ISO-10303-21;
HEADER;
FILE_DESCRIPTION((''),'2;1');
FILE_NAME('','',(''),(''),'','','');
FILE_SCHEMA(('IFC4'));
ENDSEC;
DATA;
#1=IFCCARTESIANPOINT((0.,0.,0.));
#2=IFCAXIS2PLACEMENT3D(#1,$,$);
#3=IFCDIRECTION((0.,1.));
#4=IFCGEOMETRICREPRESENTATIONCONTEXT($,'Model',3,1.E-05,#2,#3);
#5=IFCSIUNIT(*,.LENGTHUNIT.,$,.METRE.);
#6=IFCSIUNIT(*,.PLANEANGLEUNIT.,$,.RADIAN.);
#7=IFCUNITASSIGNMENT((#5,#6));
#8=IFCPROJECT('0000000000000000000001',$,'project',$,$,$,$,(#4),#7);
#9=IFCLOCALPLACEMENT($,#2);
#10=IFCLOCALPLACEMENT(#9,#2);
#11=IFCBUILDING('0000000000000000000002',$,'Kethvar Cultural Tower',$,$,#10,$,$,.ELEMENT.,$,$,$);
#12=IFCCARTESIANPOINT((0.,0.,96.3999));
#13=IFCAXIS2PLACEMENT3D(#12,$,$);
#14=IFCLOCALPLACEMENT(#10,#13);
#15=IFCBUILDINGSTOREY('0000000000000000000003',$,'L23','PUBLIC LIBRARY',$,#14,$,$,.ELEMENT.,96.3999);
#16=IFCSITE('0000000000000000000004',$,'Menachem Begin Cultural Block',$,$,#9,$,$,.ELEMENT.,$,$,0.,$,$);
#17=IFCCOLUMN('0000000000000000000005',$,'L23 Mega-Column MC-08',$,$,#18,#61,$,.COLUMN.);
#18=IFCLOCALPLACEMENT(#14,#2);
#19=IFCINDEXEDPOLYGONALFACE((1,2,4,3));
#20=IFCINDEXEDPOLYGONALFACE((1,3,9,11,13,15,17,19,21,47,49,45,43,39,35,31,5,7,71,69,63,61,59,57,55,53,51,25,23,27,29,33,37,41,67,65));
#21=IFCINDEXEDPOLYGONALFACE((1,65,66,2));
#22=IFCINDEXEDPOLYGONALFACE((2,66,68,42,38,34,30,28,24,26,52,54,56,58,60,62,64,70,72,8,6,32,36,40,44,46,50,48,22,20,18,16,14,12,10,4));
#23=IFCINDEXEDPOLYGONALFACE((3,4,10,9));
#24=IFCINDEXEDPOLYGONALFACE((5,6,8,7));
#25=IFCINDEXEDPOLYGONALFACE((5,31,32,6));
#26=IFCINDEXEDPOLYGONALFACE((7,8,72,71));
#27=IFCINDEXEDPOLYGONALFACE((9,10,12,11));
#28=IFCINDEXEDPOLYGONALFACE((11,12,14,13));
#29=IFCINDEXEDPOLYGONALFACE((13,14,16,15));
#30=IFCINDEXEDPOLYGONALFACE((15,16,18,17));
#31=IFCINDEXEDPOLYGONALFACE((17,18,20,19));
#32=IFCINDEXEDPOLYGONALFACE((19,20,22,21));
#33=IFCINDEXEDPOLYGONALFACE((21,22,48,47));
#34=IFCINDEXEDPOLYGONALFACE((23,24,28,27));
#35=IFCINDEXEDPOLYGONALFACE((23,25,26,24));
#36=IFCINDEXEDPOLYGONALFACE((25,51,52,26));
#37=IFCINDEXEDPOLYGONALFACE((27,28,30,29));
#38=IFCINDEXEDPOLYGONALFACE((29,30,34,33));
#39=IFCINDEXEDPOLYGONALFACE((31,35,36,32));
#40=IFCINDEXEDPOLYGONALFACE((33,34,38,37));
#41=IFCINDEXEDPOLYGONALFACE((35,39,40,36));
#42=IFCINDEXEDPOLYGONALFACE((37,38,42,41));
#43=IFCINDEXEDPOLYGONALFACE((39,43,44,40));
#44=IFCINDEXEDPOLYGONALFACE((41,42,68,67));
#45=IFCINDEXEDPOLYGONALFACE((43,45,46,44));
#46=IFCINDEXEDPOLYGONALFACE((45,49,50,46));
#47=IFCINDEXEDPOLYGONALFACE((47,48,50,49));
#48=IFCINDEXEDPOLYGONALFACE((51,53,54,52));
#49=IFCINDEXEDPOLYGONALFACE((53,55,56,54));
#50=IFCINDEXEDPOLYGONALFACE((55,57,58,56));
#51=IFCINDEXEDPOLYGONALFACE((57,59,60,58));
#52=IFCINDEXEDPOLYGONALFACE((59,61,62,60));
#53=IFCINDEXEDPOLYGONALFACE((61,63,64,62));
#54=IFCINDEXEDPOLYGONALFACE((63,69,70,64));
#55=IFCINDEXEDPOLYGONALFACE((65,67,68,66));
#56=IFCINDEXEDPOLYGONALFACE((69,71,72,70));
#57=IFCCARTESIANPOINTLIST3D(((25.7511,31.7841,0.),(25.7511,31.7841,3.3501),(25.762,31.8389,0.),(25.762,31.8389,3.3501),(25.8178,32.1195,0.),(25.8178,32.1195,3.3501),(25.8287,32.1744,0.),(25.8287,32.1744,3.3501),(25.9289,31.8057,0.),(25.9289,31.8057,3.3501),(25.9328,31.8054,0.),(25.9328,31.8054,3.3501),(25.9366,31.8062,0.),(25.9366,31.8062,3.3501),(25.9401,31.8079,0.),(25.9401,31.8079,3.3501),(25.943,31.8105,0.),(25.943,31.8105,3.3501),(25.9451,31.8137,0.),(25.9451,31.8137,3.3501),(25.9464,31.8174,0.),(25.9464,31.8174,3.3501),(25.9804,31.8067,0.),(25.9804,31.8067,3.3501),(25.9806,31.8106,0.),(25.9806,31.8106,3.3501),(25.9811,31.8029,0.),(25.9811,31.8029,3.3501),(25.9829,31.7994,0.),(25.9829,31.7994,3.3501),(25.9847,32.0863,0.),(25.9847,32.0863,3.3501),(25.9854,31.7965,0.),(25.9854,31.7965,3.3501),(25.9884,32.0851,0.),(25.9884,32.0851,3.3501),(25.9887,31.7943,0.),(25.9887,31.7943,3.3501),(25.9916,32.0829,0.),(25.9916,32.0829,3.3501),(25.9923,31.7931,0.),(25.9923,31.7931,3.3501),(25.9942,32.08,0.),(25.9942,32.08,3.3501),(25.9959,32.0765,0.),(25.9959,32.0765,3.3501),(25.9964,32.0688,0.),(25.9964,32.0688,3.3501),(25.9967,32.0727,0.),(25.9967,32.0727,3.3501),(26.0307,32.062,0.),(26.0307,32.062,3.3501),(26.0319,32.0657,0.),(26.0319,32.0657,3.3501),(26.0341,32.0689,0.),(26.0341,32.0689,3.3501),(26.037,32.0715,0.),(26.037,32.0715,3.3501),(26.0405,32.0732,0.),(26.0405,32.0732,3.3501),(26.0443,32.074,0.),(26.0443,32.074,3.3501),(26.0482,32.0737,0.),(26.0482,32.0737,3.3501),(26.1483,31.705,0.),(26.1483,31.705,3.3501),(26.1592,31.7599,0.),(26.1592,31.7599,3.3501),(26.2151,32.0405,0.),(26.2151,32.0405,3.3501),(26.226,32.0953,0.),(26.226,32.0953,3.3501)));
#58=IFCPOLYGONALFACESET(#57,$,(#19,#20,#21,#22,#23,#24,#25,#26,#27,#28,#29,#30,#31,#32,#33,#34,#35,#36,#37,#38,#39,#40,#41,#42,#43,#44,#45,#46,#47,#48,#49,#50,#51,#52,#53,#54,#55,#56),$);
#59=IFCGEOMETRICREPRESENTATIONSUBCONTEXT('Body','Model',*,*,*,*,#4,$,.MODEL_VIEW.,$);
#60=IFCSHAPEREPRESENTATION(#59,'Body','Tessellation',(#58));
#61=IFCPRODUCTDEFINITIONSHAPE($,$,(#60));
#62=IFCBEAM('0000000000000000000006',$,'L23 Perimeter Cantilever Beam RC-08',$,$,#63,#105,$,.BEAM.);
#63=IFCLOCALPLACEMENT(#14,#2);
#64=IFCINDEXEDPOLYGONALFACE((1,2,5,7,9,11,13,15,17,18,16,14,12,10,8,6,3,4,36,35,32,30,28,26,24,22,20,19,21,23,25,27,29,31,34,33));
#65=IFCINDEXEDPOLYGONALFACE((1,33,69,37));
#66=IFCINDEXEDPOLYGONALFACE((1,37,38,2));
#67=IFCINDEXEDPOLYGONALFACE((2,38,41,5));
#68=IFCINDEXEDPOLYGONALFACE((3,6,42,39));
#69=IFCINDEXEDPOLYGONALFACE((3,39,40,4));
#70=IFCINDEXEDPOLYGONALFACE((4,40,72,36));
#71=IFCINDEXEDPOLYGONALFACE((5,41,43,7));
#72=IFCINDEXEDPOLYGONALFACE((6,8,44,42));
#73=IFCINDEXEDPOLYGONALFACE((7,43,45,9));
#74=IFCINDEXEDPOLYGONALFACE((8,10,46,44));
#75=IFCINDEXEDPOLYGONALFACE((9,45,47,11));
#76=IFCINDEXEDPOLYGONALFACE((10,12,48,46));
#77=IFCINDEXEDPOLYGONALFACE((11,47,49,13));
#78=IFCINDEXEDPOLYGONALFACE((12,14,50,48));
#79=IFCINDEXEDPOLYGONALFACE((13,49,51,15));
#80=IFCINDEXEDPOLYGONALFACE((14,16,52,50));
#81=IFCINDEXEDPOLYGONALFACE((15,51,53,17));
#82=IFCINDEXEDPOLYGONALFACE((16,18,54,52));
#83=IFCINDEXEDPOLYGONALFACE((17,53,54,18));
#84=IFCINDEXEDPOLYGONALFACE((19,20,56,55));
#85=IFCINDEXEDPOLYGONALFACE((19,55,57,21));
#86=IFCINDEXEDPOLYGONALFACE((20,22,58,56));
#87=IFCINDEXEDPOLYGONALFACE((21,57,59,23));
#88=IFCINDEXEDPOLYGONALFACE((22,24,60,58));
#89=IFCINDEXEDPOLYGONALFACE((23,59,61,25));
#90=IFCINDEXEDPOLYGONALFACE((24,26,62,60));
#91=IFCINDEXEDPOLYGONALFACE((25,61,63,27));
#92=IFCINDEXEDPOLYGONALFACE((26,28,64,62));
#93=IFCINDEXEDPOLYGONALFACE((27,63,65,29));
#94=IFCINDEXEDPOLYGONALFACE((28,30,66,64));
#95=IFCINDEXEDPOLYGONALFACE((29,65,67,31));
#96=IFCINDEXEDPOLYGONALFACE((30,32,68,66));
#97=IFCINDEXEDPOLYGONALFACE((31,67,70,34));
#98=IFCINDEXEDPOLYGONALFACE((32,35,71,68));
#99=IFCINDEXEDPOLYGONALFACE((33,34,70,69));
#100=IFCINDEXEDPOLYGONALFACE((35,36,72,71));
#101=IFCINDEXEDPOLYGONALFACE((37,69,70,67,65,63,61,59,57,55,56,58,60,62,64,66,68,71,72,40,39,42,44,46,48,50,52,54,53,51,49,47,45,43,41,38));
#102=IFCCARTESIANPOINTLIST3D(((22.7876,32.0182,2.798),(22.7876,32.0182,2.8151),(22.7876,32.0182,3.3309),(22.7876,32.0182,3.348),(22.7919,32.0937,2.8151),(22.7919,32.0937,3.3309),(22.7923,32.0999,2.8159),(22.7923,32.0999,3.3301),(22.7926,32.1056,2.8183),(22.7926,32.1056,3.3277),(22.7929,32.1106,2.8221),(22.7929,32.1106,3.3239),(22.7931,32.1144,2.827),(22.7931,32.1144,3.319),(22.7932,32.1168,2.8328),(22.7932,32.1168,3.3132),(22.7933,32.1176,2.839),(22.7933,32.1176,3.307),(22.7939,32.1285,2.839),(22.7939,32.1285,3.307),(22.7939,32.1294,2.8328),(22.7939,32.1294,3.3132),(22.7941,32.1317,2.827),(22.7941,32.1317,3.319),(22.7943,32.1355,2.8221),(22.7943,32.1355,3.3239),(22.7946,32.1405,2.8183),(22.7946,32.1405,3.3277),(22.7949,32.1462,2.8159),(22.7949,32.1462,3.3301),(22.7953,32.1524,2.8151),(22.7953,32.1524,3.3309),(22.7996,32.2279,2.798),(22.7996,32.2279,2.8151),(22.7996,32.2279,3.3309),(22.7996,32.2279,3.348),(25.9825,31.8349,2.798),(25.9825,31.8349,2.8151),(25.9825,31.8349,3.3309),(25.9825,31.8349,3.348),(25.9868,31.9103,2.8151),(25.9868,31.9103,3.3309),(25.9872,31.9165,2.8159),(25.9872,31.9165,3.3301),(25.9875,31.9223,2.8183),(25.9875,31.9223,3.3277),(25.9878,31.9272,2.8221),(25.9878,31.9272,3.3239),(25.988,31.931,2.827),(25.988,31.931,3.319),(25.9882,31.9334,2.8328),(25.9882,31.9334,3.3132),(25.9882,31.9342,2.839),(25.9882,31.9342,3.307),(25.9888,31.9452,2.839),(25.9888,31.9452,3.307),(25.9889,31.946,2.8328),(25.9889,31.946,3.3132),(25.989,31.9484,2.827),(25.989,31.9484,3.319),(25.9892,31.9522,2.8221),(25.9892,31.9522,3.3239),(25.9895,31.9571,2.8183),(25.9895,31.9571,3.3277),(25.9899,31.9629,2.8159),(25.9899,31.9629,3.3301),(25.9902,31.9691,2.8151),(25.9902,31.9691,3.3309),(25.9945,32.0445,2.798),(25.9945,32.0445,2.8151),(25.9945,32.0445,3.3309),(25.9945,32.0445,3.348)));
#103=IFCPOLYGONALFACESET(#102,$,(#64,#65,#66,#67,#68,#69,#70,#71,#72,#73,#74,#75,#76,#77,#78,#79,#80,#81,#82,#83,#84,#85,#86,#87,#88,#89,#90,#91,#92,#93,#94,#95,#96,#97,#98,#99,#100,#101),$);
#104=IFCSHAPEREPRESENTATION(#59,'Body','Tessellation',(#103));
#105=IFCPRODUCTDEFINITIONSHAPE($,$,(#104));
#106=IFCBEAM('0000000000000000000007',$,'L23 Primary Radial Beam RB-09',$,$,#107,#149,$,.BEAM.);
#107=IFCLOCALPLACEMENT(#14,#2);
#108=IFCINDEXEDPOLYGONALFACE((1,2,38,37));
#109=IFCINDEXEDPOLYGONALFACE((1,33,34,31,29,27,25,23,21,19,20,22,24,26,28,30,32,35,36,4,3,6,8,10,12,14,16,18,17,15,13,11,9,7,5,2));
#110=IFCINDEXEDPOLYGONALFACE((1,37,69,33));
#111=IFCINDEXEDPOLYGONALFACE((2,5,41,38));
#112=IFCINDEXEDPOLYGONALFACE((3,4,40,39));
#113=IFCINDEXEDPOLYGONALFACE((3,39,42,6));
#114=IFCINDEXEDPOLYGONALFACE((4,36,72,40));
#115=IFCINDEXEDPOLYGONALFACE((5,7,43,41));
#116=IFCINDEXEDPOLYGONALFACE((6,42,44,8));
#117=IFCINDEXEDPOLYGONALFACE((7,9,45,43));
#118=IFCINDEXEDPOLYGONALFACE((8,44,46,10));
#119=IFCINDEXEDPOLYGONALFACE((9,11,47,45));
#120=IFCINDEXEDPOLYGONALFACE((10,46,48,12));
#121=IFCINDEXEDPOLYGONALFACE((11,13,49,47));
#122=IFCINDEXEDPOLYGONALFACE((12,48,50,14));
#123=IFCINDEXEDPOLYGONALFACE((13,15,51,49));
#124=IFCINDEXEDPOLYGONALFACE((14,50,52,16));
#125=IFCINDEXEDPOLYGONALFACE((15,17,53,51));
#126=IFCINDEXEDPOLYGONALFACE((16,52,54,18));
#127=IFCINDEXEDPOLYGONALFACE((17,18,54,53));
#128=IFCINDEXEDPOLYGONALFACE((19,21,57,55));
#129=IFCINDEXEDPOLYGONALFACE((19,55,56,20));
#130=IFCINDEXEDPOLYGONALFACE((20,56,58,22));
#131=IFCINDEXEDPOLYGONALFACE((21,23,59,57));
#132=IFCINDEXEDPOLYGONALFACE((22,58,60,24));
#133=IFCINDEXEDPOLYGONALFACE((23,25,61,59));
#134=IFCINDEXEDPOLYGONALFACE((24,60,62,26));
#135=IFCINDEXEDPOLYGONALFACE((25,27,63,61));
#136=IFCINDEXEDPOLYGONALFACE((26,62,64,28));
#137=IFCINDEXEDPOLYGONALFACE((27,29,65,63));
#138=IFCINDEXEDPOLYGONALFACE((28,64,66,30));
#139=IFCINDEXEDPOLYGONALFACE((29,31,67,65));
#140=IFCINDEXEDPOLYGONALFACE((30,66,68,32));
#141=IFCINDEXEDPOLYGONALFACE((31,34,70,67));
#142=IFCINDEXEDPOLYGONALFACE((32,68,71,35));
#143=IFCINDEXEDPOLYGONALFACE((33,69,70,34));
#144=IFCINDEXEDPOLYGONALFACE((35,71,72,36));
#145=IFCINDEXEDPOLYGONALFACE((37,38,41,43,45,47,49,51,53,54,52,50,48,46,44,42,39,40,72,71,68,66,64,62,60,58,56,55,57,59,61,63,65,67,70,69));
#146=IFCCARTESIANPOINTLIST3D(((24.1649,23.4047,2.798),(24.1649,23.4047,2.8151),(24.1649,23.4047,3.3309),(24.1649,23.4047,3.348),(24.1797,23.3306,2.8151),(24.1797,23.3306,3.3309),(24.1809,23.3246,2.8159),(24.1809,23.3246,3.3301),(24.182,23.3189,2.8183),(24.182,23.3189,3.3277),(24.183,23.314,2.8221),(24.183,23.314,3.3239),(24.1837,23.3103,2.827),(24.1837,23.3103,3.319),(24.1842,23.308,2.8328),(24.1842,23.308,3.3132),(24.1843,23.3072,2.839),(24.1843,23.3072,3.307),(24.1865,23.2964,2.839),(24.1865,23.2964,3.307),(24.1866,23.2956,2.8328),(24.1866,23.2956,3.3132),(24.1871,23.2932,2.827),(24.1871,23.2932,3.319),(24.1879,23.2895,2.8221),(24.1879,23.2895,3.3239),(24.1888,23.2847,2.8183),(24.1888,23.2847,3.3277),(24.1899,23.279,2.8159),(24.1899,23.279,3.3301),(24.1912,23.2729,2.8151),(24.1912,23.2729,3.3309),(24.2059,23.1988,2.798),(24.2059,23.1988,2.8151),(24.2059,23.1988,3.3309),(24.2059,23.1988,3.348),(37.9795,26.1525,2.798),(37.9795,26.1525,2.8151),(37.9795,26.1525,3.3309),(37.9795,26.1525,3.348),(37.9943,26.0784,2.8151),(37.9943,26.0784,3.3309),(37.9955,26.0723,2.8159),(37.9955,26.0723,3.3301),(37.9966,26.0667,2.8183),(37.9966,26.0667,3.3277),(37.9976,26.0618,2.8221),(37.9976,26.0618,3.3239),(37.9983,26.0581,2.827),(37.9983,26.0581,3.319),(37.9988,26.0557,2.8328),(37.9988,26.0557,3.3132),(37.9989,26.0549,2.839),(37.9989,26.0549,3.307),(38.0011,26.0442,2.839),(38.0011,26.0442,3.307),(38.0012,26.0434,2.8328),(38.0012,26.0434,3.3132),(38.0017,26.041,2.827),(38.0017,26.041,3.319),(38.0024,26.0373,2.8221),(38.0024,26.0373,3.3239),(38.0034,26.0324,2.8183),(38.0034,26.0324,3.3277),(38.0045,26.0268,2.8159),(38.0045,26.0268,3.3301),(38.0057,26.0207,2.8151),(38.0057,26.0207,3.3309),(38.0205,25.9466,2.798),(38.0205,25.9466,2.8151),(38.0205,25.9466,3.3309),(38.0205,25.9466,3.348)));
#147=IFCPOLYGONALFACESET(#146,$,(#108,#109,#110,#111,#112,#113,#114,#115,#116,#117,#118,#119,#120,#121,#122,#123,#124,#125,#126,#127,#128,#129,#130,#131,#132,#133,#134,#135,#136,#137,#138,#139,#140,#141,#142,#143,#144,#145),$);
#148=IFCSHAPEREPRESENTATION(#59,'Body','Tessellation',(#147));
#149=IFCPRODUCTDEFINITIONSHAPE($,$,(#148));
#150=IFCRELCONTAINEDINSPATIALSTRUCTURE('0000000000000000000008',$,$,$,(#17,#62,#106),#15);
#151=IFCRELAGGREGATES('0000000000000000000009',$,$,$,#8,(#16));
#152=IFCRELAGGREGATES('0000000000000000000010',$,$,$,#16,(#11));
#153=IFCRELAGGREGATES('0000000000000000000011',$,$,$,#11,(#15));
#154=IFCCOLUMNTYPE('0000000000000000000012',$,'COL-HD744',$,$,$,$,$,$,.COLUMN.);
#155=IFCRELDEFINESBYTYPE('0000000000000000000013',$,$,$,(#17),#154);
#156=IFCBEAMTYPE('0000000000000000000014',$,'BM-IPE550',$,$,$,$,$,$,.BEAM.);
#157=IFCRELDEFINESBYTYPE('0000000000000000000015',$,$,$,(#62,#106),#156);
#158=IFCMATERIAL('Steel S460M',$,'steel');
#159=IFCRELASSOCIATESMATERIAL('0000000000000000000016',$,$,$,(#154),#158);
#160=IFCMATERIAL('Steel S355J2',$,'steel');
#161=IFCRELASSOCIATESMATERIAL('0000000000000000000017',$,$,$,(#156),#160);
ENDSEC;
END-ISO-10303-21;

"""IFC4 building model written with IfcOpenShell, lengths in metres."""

from ifc_helpers import new_model, si_unit, direction, frame, origin, origin_2d, place, context, subcontext, project, spatial, i_section, extrude, source, transform, mapped, material, material_profile, profile_set, type_object, element, save


model = new_model("IFC4")

# Units and contexts
model_context = context("Model", 3, precision=1e-05, world=origin(), true_north=direction((0.0, 1.0)))
body_context = subcontext(model_context, "Body", "Model", "MODEL_VIEW")
ifc_project = project(units=[si_unit("LENGTHUNIT", "METRE"), si_unit("PLANEANGLEUNIT", "RADIAN")], contexts=[model_context])

# Site, building, storey
site_placement = place(None, origin())
site = spatial("IfcSite", under=ifc_project, at=site_placement, Name="Menachem Begin Cultural Block", CompositionType="ELEMENT", RefElevation=0.0)
building_placement = place(site_placement, origin())
building = spatial("IfcBuilding", under=site, at=building_placement, Name="Kethvar Cultural Tower", CompositionType="ELEMENT")
storey_placement = place(building_placement, frame((0.0, 0.0, 96.3999)))
storey = spatial("IfcBuildingStorey", under=building, at=storey_placement, Name="L23", Description="PUBLIC LIBRARY", CompositionType="ELEMENT", Elevation=96.3999)

# Column
ifc_material_1 = material(Name="Steel S460M", Category="steel")
ifc_material_profile_1 = material_profile(ifc_material_1, i_section(OverallWidth=0.405, OverallDepth=0.3979, WebThickness=0.0349, FlangeThickness=0.0559, FilletRadius=0.0149, at=origin_2d()), Name="Steel S460M — HD400x744")
ifc_profile_set_1 = profile_set([ifc_material_profile_1], Name="Steel S460M — HD400x744")
column_type = type_object("IfcColumnType", Name="COL-HD744", PredefinedType="COLUMN", material=ifc_profile_set_1)
shared_shape_1 = source(origin(), body_context, "Body", "SweptSolid", [
    extrude(i_section(OverallWidth=0.405, OverallDepth=0.3979, WebThickness=0.0349, FlangeThickness=0.0559, FilletRadius=0.0149, at=origin_2d()), origin(), (0.0, 0.0, 1.0), 3.3501),
])
column_placement = place(storey_placement, frame((25.9885, 31.9397, 0.0), z_axis=(0.0, 0.0, 1.0), x_axis=(-0.980785, 0.19509, 0.0)))
element("IfcColumn", 1, at=column_placement, inside=storey, type_object=column_type, Name="L23 Mega-Column MC-08", PredefinedType="COLUMN", context=body_context, shape_type="MappedRepresentation", body=[
    mapped(shared_shape_1, transform((0.0, 0.0, 0.0), scale=1.0)),
])

# Beams
ifc_material_2 = material(Name="Steel S355J2", Category="steel")
ifc_material_profile_2 = material_profile(ifc_material_2, i_section(OverallWidth=0.21, OverallDepth=0.55, WebThickness=0.011, FlangeThickness=0.0171, FilletRadius=0.0239, at=origin_2d()), Name="Steel S355J2 — IPE550")
ifc_profile_set_2 = profile_set([ifc_material_profile_2], Name="Steel S355J2 — IPE550")
beam_type_1 = type_object("IfcBeamType", Name="BM-IPE550", PredefinedType="BEAM", material=ifc_profile_set_2)
shared_shape_2 = source(origin(), body_context, "Body", "SweptSolid", [
    extrude(i_section(OverallWidth=0.21, OverallDepth=0.55, WebThickness=0.011, FlangeThickness=0.0171, FilletRadius=0.0239, at=origin_2d()), origin(), (0.0, 0.0, 1.0), 3.2002),
])
beam_1_placement = place(storey_placement, frame((25.9885, 31.9397, 3.073), z_axis=(-0.998357, 0.057295, 0.0), x_axis=(-0.057295, -0.998357, 0.0)))
element("IfcBeam", 2, at=beam_1_placement, inside=storey, type_object=beam_type_1, Name="L23 Perimeter Cantilever Beam RC-08", PredefinedType="BEAM", context=body_context, shape_type="MappedRepresentation", body=[
    mapped(shared_shape_2, transform((0.0, 0.0, 0.0), scale=1.0)),
])
shared_shape_3 = source(origin(), body_context, "Body", "SweptSolid", [
    extrude(i_section(OverallWidth=0.21, OverallDepth=0.55, WebThickness=0.011, FlangeThickness=0.0171, FilletRadius=0.0239, at=origin_2d()), origin(), (0.0, 0.0, 1.0), 14.0852),
])
beam_2_placement = place(storey_placement, frame((38.0, 26.0496, 3.073), z_axis=(-0.980787, -0.195083, 0.0), x_axis=(0.195083, -0.980787, 0.0)))
element("IfcBeam", 3, at=beam_2_placement, inside=storey, type_object=beam_type_1, Name="L23 Primary Radial Beam RB-09", PredefinedType="BEAM", context=body_context, shape_type="MappedRepresentation", body=[
    mapped(shared_shape_3, transform((0.0, 0.0, 0.0), scale=1.0)),
])

save(model, "model.ifc")
